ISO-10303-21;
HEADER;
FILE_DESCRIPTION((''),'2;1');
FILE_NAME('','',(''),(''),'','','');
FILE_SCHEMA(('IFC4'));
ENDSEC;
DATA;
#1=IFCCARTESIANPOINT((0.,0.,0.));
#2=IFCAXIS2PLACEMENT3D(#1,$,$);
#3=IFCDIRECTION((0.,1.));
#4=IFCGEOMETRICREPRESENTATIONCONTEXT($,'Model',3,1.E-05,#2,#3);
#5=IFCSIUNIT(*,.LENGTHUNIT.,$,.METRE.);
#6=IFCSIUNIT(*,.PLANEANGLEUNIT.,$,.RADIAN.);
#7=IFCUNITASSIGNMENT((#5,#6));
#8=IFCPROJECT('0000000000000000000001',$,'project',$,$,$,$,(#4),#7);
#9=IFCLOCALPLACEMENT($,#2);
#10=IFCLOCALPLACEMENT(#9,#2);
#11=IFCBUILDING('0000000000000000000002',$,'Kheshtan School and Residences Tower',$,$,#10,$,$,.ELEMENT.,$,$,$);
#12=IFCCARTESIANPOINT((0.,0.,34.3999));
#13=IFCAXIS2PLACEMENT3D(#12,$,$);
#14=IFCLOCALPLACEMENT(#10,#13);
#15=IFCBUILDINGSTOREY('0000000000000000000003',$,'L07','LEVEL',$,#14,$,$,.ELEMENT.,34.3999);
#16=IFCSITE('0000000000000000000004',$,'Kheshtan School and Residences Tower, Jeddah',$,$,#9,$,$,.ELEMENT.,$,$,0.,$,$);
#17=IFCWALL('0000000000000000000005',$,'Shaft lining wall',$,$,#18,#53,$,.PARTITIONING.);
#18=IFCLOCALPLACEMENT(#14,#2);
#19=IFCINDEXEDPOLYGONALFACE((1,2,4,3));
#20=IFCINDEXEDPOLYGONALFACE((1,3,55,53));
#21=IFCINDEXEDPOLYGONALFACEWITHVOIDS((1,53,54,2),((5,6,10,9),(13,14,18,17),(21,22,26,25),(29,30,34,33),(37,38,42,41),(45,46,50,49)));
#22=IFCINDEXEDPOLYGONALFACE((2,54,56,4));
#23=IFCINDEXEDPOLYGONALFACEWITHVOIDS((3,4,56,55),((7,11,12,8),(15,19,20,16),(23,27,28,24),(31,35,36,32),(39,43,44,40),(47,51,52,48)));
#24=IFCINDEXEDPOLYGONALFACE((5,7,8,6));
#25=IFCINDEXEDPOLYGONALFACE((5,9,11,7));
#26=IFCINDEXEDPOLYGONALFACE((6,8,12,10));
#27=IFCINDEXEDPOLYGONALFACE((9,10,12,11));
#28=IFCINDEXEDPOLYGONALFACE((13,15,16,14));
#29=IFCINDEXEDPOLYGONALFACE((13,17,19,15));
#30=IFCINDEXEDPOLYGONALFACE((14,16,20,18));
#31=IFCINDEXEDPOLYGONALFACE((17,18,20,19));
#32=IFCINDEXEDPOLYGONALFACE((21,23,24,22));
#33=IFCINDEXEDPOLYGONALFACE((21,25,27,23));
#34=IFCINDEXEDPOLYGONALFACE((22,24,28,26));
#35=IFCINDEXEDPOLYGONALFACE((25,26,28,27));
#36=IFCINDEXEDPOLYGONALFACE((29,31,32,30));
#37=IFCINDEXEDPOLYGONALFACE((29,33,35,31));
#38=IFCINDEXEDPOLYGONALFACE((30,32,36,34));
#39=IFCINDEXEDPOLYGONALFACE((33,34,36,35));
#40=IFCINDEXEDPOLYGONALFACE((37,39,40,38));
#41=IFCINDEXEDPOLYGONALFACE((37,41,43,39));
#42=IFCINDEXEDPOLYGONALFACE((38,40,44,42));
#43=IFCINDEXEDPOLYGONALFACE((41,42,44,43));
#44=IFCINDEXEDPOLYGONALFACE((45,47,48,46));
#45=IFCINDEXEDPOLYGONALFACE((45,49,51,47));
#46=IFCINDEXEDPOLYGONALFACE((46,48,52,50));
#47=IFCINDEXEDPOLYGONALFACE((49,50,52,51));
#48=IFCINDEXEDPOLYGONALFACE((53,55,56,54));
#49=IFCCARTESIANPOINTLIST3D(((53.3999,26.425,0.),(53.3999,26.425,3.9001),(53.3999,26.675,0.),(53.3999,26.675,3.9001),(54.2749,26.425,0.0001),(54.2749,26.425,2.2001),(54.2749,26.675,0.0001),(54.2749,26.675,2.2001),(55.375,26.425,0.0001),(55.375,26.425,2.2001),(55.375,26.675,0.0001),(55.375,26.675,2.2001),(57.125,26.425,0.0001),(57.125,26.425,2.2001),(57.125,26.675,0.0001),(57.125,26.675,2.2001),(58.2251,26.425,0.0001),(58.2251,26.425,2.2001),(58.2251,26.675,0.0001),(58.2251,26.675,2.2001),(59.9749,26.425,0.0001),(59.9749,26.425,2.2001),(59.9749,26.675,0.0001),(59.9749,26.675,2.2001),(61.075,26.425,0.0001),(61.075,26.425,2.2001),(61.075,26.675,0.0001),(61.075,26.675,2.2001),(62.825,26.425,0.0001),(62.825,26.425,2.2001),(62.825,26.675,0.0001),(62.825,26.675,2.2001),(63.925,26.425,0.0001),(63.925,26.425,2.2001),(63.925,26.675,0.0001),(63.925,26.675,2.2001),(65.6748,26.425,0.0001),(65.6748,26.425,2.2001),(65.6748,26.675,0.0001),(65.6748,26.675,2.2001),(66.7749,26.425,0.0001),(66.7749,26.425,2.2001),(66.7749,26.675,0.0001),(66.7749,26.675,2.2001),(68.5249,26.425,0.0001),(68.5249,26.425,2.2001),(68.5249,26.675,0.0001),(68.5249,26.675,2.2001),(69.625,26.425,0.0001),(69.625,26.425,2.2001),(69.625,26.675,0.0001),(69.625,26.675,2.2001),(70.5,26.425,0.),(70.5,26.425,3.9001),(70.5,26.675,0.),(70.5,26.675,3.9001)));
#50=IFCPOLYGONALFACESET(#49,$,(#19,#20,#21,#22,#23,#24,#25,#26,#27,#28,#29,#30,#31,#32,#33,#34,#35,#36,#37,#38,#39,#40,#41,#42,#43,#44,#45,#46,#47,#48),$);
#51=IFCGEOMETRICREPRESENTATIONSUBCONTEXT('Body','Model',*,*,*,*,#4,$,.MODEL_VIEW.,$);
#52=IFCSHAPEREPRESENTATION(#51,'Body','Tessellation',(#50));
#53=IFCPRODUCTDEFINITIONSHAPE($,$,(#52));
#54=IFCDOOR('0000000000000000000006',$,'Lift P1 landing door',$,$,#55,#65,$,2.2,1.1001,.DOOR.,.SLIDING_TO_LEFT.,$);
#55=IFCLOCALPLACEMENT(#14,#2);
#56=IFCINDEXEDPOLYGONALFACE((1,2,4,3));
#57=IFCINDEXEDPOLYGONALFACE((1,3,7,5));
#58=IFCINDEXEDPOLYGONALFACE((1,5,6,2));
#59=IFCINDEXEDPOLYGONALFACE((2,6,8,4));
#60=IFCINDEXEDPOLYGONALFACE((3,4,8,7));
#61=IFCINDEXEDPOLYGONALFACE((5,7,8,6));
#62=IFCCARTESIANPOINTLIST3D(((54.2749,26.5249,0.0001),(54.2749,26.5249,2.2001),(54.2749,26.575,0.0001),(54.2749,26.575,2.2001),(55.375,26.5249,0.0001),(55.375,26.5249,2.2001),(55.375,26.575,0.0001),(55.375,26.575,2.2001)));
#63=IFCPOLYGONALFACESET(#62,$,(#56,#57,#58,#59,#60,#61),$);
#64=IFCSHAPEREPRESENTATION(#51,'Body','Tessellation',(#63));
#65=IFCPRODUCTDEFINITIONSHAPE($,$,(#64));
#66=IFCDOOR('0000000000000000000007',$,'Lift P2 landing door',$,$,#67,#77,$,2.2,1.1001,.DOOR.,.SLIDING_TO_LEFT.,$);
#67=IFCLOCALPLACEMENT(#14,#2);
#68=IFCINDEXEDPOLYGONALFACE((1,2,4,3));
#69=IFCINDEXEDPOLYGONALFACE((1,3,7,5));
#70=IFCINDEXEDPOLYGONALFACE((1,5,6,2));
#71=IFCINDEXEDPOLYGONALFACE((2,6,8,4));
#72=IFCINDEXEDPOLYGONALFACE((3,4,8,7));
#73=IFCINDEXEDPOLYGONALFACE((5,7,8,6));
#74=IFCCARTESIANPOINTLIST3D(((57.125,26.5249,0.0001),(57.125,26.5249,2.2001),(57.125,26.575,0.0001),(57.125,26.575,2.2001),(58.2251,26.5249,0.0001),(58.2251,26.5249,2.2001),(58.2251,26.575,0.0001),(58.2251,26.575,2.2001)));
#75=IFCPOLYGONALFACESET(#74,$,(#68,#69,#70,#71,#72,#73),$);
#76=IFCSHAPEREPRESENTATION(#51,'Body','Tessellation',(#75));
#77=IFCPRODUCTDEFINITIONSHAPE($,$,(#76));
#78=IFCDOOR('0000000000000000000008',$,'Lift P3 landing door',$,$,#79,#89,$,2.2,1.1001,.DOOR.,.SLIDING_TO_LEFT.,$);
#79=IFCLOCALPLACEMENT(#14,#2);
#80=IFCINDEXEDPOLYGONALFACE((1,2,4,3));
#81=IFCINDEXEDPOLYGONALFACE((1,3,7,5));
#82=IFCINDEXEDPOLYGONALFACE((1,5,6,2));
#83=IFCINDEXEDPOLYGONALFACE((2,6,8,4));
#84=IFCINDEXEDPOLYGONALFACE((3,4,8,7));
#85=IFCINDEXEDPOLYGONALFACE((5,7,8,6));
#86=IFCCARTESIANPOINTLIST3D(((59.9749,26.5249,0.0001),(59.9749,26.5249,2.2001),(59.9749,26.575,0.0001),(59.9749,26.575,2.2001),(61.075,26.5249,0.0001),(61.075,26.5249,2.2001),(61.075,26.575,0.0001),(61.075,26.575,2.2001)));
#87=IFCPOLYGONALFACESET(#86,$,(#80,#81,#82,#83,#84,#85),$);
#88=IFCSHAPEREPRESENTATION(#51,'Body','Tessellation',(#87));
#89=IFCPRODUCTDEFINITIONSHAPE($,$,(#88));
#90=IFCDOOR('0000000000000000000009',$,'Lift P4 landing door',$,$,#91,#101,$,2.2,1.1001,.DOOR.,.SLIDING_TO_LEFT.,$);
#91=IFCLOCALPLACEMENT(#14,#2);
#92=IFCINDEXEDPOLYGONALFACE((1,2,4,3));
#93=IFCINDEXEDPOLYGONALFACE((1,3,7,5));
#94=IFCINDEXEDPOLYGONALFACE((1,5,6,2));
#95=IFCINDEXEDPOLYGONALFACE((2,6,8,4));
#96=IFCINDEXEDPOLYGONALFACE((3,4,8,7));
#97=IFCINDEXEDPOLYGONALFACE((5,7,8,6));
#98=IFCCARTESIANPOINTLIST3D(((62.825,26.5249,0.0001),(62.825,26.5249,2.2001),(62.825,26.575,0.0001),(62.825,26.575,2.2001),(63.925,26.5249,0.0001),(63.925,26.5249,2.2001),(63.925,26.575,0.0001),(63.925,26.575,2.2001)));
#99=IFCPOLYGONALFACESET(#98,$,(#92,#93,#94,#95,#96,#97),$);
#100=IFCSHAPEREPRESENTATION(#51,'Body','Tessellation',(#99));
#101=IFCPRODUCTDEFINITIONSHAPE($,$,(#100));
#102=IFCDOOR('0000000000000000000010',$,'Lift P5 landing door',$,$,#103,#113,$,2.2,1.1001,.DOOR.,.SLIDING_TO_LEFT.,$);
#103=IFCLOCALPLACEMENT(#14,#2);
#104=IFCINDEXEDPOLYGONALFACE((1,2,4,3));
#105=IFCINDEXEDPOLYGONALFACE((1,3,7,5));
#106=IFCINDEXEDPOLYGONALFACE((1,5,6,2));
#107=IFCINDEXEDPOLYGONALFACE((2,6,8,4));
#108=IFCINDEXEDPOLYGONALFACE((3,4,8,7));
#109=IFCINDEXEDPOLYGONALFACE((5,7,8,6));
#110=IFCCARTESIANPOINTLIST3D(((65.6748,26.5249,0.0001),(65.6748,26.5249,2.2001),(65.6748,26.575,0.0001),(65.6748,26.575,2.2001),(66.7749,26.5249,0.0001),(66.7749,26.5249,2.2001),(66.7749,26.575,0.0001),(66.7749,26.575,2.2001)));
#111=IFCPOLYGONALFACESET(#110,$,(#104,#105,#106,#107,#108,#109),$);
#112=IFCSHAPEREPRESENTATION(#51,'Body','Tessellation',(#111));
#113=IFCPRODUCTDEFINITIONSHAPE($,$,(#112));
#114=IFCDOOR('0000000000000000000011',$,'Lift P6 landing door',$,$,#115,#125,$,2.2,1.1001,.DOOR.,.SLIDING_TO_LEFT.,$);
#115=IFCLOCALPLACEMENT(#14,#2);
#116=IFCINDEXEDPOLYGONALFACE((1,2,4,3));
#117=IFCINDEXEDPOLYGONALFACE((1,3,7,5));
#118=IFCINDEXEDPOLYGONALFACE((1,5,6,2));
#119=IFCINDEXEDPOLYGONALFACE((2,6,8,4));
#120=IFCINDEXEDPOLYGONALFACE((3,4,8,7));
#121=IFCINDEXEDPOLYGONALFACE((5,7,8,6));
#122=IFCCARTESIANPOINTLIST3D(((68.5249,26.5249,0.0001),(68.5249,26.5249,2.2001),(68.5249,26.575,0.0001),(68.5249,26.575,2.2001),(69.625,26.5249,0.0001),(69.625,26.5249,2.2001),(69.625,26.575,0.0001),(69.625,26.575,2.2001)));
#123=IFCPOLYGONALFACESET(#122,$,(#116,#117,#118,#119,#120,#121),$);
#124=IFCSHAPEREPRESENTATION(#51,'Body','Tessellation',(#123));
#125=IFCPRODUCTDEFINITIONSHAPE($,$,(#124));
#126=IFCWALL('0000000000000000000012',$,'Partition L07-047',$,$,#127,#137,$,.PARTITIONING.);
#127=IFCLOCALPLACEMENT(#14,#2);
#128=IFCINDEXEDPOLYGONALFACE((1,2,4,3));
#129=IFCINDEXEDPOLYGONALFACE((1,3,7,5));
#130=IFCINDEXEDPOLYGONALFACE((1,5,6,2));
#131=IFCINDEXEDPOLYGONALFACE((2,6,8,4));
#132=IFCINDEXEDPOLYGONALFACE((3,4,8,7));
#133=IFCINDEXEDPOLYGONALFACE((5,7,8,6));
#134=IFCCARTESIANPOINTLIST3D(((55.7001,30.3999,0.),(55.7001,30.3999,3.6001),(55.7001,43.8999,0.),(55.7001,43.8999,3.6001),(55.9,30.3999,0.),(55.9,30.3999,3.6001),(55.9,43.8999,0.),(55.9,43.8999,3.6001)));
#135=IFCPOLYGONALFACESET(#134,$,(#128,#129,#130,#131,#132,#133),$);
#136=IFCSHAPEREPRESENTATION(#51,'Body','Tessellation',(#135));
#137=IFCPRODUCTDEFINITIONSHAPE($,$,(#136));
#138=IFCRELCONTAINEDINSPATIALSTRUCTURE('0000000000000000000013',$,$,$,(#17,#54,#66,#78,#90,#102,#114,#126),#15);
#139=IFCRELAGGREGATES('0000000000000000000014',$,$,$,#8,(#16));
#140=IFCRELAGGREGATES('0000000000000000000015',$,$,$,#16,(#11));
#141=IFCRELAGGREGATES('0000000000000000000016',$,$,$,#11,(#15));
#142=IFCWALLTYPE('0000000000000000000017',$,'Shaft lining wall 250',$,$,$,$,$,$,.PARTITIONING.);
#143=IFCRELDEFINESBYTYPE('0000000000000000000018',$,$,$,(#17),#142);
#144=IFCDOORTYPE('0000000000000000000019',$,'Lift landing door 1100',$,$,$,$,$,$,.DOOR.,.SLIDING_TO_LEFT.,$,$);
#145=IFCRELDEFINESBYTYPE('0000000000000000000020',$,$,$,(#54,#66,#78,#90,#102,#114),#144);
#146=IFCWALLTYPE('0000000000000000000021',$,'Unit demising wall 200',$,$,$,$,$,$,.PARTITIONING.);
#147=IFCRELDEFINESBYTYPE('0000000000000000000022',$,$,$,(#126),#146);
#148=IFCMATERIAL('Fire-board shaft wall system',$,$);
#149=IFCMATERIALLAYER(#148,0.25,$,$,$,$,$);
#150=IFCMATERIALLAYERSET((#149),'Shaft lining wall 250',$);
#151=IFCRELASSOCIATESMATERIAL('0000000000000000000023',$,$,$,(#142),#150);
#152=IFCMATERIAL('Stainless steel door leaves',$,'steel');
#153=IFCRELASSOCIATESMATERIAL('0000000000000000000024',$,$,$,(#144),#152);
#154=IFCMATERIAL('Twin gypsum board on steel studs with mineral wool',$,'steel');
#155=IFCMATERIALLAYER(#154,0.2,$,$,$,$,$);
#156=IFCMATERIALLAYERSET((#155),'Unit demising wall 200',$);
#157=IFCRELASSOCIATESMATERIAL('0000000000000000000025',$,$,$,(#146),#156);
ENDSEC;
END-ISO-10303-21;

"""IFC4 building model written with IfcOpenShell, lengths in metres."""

from ifc_helpers import new_model, si_unit, direction, frame, frame_2d, origin, place, context, subcontext, project, spatial, rectangle, extrude, source, transform, mapped, material, layer, layer_set, type_object, element, fill, save


model = new_model("IFC4")

# Units and contexts
model_context = context("Model", 3, precision=1e-05, world=origin(), true_north=direction((0.0, 1.0)))
body_context = subcontext(model_context, "Body", "Model", "MODEL_VIEW")
ifc_project = project(units=[si_unit("LENGTHUNIT", "METRE"), si_unit("PLANEANGLEUNIT", "RADIAN")], contexts=[model_context])

# Site, building, storey
site_placement = place(None, origin())
site = spatial("IfcSite", under=ifc_project, at=site_placement, Name="Kheshtan School and Residences Tower, Jeddah", CompositionType="ELEMENT", RefElevation=0.0)
building_placement = place(site_placement, origin())
building = spatial("IfcBuilding", under=site, at=building_placement, Name="Kheshtan School and Residences Tower", CompositionType="ELEMENT")
storey_placement = place(building_placement, frame((0.0, 0.0, 34.3999)))
storey = spatial("IfcBuildingStorey", under=building, at=storey_placement, Name="L07", Description="LEVEL", CompositionType="ELEMENT", Elevation=34.3999)

# Wall, openings, doors
ifc_material_1 = material(Name="Fire-board shaft wall system")
ifc_layer_1 = layer(ifc_material_1, 0.25)
ifc_layer_set_1 = layer_set([ifc_layer_1], Name="Shaft lining wall 250")
wall_type_1 = type_object("IfcWallType", Name="Shaft lining wall 250", PredefinedType="PARTITIONING", material=ifc_layer_set_1)
wall_1_placement = place(storey_placement, frame((53.3999, 26.55, 0.0), z_axis=(0.0, 0.0, 1.0), x_axis=(1.0, 0.0, 0.0)))
wall_1 = element("IfcWall", 1, at=wall_1_placement, inside=storey, type_object=wall_type_1, Name="Shaft lining wall", PredefinedType="PARTITIONING", context=body_context, shape_type="SweptSolid", body=[
    extrude(rectangle(XDim=17.1001, YDim=0.25, at=frame_2d((8.55, 0.0))), origin(), (0.0, 0.0, 1.0), 3.9001),
])
opening_1_placement = place(wall_1_placement, frame((0.875, 0.0, 0.0)))
opening_1 = element("IfcOpeningElement", 2, at=opening_1_placement, cuts=wall_1, PredefinedType="OPENING", context=body_context, shape_type="SweptSolid", body=[
    extrude(rectangle(XDim=1.1001, YDim=2.2, at=frame_2d((0.55, 1.1001))), frame((0.0, 0.135, 0.0), z_axis=(0.0, -1.0, 0.0), x_axis=(1.0, 0.0, 0.0)), (0.0, 0.0, 1.0), 0.27),
])
opening_2_placement = place(wall_1_placement, frame((3.7251, 0.0, 0.0)))
opening_2 = element("IfcOpeningElement", 3, at=opening_2_placement, cuts=wall_1, PredefinedType="OPENING", context=body_context, shape_type="SweptSolid", body=[
    extrude(rectangle(XDim=1.1001, YDim=2.2, at=frame_2d((0.55, 1.1001))), frame((0.0, 0.135, 0.0), z_axis=(0.0, -1.0, 0.0), x_axis=(1.0, 0.0, 0.0)), (0.0, 0.0, 1.0), 0.27),
])
opening_3_placement = place(wall_1_placement, frame((6.575, 0.0, 0.0)))
opening_3 = element("IfcOpeningElement", 4, at=opening_3_placement, cuts=wall_1, PredefinedType="OPENING", context=body_context, shape_type="SweptSolid", body=[
    extrude(rectangle(XDim=1.1001, YDim=2.2, at=frame_2d((0.55, 1.1001))), frame((0.0, 0.135, 0.0), z_axis=(0.0, -1.0, 0.0), x_axis=(1.0, 0.0, 0.0)), (0.0, 0.0, 1.0), 0.27),
])
opening_4_placement = place(wall_1_placement, frame((9.425, 0.0, 0.0)))
opening_4 = element("IfcOpeningElement", 5, at=opening_4_placement, cuts=wall_1, PredefinedType="OPENING", context=body_context, shape_type="SweptSolid", body=[
    extrude(rectangle(XDim=1.1001, YDim=2.2, at=frame_2d((0.55, 1.1001))), frame((0.0, 0.135, 0.0), z_axis=(0.0, -1.0, 0.0), x_axis=(1.0, 0.0, 0.0)), (0.0, 0.0, 1.0), 0.27),
])
opening_5_placement = place(wall_1_placement, frame((12.2749, 0.0, 0.0)))
opening_5 = element("IfcOpeningElement", 6, at=opening_5_placement, cuts=wall_1, PredefinedType="OPENING", context=body_context, shape_type="SweptSolid", body=[
    extrude(rectangle(XDim=1.1001, YDim=2.2, at=frame_2d((0.55, 1.1001))), frame((0.0, 0.135, 0.0), z_axis=(0.0, -1.0, 0.0), x_axis=(1.0, 0.0, 0.0)), (0.0, 0.0, 1.0), 0.27),
])
opening_6_placement = place(wall_1_placement, frame((15.125, 0.0, 0.0)))
opening_6 = element("IfcOpeningElement", 7, at=opening_6_placement, cuts=wall_1, PredefinedType="OPENING", context=body_context, shape_type="SweptSolid", body=[
    extrude(rectangle(XDim=1.1001, YDim=2.2, at=frame_2d((0.55, 1.1001))), frame((0.0, 0.135, 0.0), z_axis=(0.0, -1.0, 0.0), x_axis=(1.0, 0.0, 0.0)), (0.0, 0.0, 1.0), 0.27),
])
ifc_material_2 = material(Name="Stainless steel door leaves", Category="steel")
door_type_1 = type_object("IfcDoorType", Name="Lift landing door 1100", OperationType="SLIDING_TO_LEFT", PredefinedType="DOOR", material=ifc_material_2)
shared_shape_1 = source(origin(), body_context, "Body", "SweptSolid", [
    extrude(rectangle(XDim=1.1001, YDim=2.2, at=frame_2d((0.55, 1.1001))), frame((0.0, 0.0249, 0.0), z_axis=(0.0, -1.0, 0.0), x_axis=(1.0, 0.0, 0.0)), (0.0, 0.0, 1.0), 0.05),
])
door_1_placement = place(opening_1_placement, origin())
door_1 = element("IfcDoor", 8, at=door_1_placement, inside=storey, type_object=door_type_1, Name="Lift P1 landing door", OperationType="SLIDING_TO_LEFT", OverallHeight=2.2, OverallWidth=1.1001, PredefinedType="DOOR", context=body_context, shape_type="MappedRepresentation", body=[
    mapped(shared_shape_1, transform((0.0, 0.0, 0.0), x_axis=(1.0, 0.0, 0.0), y_axis=(0.0, 1.0, 0.0), z_axis=(0.0, 0.0, 1.0), scale=1.0)),
])
fill(opening_1, door_1)
door_2_placement = place(opening_2_placement, origin())
door_2 = element("IfcDoor", 9, at=door_2_placement, inside=storey, type_object=door_type_1, Name="Lift P2 landing door", OperationType="SLIDING_TO_LEFT", OverallHeight=2.2, OverallWidth=1.1001, PredefinedType="DOOR", context=body_context, shape_type="MappedRepresentation", body=[
    mapped(shared_shape_1, transform((0.0, 0.0, 0.0), x_axis=(1.0, 0.0, 0.0), y_axis=(0.0, 1.0, 0.0), z_axis=(0.0, 0.0, 1.0), scale=1.0)),
])
fill(opening_2, door_2)
door_3_placement = place(opening_3_placement, origin())
door_3 = element("IfcDoor", 10, at=door_3_placement, inside=storey, type_object=door_type_1, Name="Lift P3 landing door", OperationType="SLIDING_TO_LEFT", OverallHeight=2.2, OverallWidth=1.1001, PredefinedType="DOOR", context=body_context, shape_type="MappedRepresentation", body=[
    mapped(shared_shape_1, transform((0.0, 0.0, 0.0), x_axis=(1.0, 0.0, 0.0), y_axis=(0.0, 1.0, 0.0), z_axis=(0.0, 0.0, 1.0), scale=1.0)),
])
fill(opening_3, door_3)
door_4_placement = place(opening_4_placement, origin())
door_4 = element("IfcDoor", 11, at=door_4_placement, inside=storey, type_object=door_type_1, Name="Lift P4 landing door", OperationType="SLIDING_TO_LEFT", OverallHeight=2.2, OverallWidth=1.1001, PredefinedType="DOOR", context=body_context, shape_type="MappedRepresentation", body=[
    mapped(shared_shape_1, transform((0.0, 0.0, 0.0), x_axis=(1.0, 0.0, 0.0), y_axis=(0.0, 1.0, 0.0), z_axis=(0.0, 0.0, 1.0), scale=1.0)),
])
fill(opening_4, door_4)
door_5_placement = place(opening_5_placement, origin())
door_5 = element("IfcDoor", 12, at=door_5_placement, inside=storey, type_object=door_type_1, Name="Lift P5 landing door", OperationType="SLIDING_TO_LEFT", OverallHeight=2.2, OverallWidth=1.1001, PredefinedType="DOOR", context=body_context, shape_type="MappedRepresentation", body=[
    mapped(shared_shape_1, transform((0.0, 0.0, 0.0), x_axis=(1.0, 0.0, 0.0), y_axis=(0.0, 1.0, 0.0), z_axis=(0.0, 0.0, 1.0), scale=1.0)),
])
fill(opening_5, door_5)
door_6_placement = place(opening_6_placement, origin())
door_6 = element("IfcDoor", 13, at=door_6_placement, inside=storey, type_object=door_type_1, Name="Lift P6 landing door", OperationType="SLIDING_TO_LEFT", OverallHeight=2.2, OverallWidth=1.1001, PredefinedType="DOOR", context=body_context, shape_type="MappedRepresentation", body=[
    mapped(shared_shape_1, transform((0.0, 0.0, 0.0), x_axis=(1.0, 0.0, 0.0), y_axis=(0.0, 1.0, 0.0), z_axis=(0.0, 0.0, 1.0), scale=1.0)),
])
fill(opening_6, door_6)

# Wall
ifc_material_3 = material(Name="Twin gypsum board on steel studs with mineral wool", Category="steel")
ifc_layer_2 = layer(ifc_material_3, 0.2)
ifc_layer_set_2 = layer_set([ifc_layer_2], Name="Unit demising wall 200")
wall_type_2 = type_object("IfcWallType", Name="Unit demising wall 200", PredefinedType="PARTITIONING", material=ifc_layer_set_2)
wall_2_placement = place(storey_placement, frame((55.8, 30.3999, 0.0), z_axis=(0.0, 0.0, 1.0), x_axis=(0.0, 1.0, 0.0)))
element("IfcWall", 14, at=wall_2_placement, inside=storey, type_object=wall_type_2, Name="Partition L07-047", PredefinedType="PARTITIONING", context=body_context, shape_type="SweptSolid", body=[
    extrude(rectangle(XDim=13.5, YDim=0.2, at=frame_2d((6.75, 0.0))), origin(), (0.0, 0.0, 1.0), 3.6001),
])

save(model, "model.ifc")
